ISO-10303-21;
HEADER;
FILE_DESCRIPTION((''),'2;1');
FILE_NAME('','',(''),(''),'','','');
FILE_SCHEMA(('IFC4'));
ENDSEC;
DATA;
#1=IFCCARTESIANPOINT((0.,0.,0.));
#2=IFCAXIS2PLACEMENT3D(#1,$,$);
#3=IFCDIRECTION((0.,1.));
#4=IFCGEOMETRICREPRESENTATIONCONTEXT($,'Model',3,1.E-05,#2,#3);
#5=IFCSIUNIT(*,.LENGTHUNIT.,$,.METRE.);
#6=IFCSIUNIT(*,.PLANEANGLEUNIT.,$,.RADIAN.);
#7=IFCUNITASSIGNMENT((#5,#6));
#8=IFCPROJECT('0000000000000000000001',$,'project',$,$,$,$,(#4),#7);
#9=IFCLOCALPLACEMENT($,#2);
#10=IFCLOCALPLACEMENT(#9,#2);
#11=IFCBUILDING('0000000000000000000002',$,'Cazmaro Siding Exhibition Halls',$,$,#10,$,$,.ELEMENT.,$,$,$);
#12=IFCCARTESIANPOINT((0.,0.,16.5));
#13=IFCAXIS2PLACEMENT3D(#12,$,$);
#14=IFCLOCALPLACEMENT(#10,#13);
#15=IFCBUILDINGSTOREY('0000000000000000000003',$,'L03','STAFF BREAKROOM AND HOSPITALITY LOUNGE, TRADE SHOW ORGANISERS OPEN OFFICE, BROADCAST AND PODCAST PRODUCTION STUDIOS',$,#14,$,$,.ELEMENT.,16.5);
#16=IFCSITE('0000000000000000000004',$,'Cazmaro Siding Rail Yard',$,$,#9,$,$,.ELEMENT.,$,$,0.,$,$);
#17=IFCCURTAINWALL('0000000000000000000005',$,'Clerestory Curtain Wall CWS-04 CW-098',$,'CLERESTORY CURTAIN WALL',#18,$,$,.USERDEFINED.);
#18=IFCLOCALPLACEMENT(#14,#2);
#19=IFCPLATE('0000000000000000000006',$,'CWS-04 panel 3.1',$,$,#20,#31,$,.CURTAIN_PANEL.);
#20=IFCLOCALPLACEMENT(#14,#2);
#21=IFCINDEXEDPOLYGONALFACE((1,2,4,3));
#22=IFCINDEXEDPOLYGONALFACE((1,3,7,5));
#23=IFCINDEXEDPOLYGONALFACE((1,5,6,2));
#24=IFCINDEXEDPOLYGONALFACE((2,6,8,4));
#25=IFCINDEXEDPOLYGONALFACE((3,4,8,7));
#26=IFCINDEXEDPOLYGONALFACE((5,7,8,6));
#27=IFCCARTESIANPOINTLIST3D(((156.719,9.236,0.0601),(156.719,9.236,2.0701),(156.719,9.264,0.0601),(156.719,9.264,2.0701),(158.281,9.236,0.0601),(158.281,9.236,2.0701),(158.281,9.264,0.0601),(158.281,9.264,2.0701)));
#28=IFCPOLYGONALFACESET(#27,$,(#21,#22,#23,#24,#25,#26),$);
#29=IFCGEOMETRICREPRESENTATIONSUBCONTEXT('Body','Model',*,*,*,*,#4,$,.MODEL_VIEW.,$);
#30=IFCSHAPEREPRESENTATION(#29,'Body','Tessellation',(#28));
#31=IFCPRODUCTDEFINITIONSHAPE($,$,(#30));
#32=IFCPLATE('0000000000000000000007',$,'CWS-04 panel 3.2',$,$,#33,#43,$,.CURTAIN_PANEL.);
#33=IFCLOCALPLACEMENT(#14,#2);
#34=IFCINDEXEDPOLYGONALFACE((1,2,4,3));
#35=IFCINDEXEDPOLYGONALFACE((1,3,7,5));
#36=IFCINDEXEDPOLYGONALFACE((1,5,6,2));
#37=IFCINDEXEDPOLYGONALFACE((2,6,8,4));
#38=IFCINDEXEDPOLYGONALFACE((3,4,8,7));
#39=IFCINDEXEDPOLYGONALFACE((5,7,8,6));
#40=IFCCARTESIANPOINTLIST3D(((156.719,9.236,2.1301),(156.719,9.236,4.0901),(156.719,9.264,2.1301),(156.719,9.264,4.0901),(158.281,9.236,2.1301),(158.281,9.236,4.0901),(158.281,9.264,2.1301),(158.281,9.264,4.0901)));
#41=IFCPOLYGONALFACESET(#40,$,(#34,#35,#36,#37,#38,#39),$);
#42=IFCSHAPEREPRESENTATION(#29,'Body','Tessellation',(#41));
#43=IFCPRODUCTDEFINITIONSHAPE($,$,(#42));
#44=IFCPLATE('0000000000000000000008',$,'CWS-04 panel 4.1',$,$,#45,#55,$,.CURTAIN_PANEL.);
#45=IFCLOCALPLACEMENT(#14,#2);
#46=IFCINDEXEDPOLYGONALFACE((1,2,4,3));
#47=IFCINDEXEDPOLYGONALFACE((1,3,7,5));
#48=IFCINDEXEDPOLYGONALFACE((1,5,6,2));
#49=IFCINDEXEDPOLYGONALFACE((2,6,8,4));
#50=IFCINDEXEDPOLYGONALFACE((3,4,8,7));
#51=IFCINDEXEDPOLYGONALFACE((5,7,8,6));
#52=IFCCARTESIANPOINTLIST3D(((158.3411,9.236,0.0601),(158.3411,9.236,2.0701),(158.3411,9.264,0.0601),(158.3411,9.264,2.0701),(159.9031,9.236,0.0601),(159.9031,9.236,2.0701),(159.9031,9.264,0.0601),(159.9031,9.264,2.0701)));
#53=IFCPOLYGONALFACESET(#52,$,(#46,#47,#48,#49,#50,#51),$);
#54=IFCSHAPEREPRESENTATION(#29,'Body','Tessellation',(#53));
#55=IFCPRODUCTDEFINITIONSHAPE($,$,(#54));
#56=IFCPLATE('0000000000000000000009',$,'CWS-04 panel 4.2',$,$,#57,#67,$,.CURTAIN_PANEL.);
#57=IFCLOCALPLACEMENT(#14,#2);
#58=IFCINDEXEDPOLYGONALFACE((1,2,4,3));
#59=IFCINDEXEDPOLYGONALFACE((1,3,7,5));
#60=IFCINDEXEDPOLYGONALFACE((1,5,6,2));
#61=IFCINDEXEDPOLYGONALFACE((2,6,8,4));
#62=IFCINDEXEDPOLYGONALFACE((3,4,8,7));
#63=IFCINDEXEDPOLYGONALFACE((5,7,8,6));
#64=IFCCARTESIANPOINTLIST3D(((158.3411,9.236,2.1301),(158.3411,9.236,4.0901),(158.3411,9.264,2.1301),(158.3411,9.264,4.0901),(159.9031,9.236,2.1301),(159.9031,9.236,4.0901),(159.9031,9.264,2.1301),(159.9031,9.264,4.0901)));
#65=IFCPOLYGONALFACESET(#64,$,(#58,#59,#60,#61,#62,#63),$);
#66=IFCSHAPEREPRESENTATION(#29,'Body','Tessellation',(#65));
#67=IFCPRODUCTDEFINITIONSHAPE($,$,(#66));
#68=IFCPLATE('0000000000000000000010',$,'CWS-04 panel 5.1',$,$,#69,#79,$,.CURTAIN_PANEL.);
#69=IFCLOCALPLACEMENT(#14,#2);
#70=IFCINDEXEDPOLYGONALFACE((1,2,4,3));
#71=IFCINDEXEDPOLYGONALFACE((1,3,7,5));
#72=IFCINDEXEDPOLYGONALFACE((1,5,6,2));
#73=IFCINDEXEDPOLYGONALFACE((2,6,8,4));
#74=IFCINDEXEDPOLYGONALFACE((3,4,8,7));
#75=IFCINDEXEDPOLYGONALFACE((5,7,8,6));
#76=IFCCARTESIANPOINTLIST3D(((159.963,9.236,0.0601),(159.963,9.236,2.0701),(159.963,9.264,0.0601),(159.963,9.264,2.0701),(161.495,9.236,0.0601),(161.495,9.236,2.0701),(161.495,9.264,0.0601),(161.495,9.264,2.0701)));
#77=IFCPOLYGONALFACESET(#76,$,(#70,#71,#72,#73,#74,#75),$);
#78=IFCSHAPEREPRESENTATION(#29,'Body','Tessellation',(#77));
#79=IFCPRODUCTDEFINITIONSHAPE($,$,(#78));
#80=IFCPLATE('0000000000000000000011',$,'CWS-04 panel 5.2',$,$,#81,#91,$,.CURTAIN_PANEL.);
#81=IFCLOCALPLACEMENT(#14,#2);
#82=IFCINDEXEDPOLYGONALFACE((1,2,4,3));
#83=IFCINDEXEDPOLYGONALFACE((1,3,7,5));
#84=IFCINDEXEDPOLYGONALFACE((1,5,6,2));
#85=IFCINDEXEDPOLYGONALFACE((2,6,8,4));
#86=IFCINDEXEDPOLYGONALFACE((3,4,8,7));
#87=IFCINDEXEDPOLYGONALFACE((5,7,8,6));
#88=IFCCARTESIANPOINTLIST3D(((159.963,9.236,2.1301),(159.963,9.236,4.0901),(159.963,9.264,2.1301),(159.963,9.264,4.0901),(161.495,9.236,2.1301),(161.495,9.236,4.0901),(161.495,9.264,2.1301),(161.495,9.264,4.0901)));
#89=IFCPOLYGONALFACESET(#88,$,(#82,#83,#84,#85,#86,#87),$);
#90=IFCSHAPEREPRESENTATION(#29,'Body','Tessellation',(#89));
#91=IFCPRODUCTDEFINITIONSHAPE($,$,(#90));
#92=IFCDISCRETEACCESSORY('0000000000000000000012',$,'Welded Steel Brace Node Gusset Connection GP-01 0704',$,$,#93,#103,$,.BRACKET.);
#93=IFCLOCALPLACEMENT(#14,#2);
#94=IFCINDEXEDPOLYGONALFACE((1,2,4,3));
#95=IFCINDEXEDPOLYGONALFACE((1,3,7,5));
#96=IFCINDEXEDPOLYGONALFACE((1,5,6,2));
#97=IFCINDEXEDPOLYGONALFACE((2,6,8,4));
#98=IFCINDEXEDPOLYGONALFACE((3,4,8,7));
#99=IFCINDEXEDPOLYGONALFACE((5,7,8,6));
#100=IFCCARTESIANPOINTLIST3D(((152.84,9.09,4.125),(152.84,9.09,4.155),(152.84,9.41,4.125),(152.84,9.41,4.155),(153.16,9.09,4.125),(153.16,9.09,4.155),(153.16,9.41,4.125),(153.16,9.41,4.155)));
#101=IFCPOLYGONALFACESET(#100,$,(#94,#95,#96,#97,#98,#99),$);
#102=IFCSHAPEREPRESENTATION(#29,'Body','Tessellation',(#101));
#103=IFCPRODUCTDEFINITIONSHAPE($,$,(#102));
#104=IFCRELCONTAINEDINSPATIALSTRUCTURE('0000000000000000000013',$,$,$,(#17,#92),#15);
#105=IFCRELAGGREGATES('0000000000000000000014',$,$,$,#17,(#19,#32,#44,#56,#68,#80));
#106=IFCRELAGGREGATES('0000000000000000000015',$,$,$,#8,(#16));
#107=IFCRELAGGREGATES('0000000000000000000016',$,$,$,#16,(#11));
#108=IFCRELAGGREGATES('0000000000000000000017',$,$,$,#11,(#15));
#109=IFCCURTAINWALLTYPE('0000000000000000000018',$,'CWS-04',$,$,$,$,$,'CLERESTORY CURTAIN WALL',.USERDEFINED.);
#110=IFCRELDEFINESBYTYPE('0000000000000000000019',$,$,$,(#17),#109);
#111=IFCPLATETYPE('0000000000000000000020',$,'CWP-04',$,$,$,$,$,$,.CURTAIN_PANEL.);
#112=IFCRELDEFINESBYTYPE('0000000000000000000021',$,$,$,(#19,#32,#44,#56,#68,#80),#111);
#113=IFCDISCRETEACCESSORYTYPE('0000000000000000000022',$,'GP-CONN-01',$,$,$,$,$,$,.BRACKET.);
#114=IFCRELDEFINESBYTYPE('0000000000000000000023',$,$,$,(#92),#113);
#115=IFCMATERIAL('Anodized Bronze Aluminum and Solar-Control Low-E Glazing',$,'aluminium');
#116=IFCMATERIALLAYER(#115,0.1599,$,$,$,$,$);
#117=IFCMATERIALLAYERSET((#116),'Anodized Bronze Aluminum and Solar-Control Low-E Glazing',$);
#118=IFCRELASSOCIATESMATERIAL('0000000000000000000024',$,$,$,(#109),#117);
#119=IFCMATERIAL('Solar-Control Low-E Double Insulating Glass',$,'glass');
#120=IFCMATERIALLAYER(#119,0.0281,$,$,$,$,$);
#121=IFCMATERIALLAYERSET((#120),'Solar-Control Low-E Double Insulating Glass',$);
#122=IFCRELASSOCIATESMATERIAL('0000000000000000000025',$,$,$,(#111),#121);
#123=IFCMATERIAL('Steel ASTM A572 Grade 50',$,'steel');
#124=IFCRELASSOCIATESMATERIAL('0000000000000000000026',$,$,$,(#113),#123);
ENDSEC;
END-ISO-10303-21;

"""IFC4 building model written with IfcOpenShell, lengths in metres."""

from ifc_helpers import new_model, si_unit, direction, frame, origin, origin_2d, place, context, subcontext, project, spatial, rectangle, extrude, material, layer, layer_set, type_object, element, aggregate, save


model = new_model("IFC4")

# Units and contexts
model_context = context("Model", 3, precision=1e-05, world=origin(), true_north=direction((0.0, 1.0)))
body_context = subcontext(model_context, "Body", "Model", "MODEL_VIEW")
ifc_project = project(units=[si_unit("LENGTHUNIT", "METRE"), si_unit("PLANEANGLEUNIT", "RADIAN")], contexts=[model_context])

# Site, building, storey
site_placement = place(None, origin())
site = spatial("IfcSite", under=ifc_project, at=site_placement, Name="Cazmaro Siding Rail Yard", CompositionType="ELEMENT", RefElevation=0.0)
building_placement = place(site_placement, origin())
building = spatial("IfcBuilding", under=site, at=building_placement, Name="Cazmaro Siding Exhibition Halls", CompositionType="ELEMENT")
storey_placement = place(building_placement, frame((0.0, 0.0, 16.5)))
storey = spatial("IfcBuildingStorey", under=building, at=storey_placement, Name="L03", Description="STAFF BREAKROOM AND HOSPITALITY LOUNGE, TRADE SHOW ORGANISERS OPEN OFFICE, BROADCAST AND PODCAST PRODUCTION STUDIOS", CompositionType="ELEMENT", Elevation=16.5)

# Curtain wall
ifc_material_1 = material(Name="Anodized Bronze Aluminum and Solar-Control Low-E Glazing", Category="aluminium")
ifc_layer_1 = layer(ifc_material_1, 0.1599)
ifc_layer_set_1 = layer_set([ifc_layer_1], Name="Anodized Bronze Aluminum and Solar-Control Low-E Glazing")
curtain_wall_type = type_object("IfcCurtainWallType", Name="CWS-04", ElementType="CLERESTORY CURTAIN WALL", PredefinedType="USERDEFINED", material=ifc_layer_set_1)
curtain_wall_placement = place(storey_placement, origin())
curtain_wall = element("IfcCurtainWall", 1, at=curtain_wall_placement, inside=storey, type_object=curtain_wall_type, Name="Clerestory Curtain Wall CWS-04 CW-098", ObjectType="CLERESTORY CURTAIN WALL", PredefinedType="USERDEFINED")

# Plates
ifc_material_2 = material(Name="Solar-Control Low-E Double Insulating Glass", Category="glass")
ifc_layer_2 = layer(ifc_material_2, 0.0281)
ifc_layer_set_2 = layer_set([ifc_layer_2], Name="Solar-Control Low-E Double Insulating Glass")
plate_type = type_object("IfcPlateType", Name="CWP-04", PredefinedType="CURTAIN_PANEL", material=ifc_layer_set_2)
plate_1_placement = place(storey_placement, frame((157.5, 9.25, 0.0601), z_axis=(0.0, 0.0, 1.0), x_axis=(1.0, 0.0, 0.0)))
plate_1 = element("IfcPlate", 2, at=plate_1_placement, type_object=plate_type, Name="CWS-04 panel 3.1", PredefinedType="CURTAIN_PANEL", context=body_context, shape_type="SweptSolid", body=[
    extrude(rectangle(XDim=1.562, YDim=0.0281, at=origin_2d()), origin(), (0.0, 0.0, 1.0), 2.01),
])
plate_2_placement = place(storey_placement, frame((157.5, 9.25, 2.1301), z_axis=(0.0, 0.0, 1.0), x_axis=(1.0, 0.0, 0.0)))
plate_2 = element("IfcPlate", 3, at=plate_2_placement, type_object=plate_type, Name="CWS-04 panel 3.2", PredefinedType="CURTAIN_PANEL", context=body_context, shape_type="SweptSolid", body=[
    extrude(rectangle(XDim=1.562, YDim=0.0281, at=origin_2d()), origin(), (0.0, 0.0, 1.0), 1.96),
])
plate_3_placement = place(storey_placement, frame((159.1221, 9.25, 0.0601), z_axis=(0.0, 0.0, 1.0), x_axis=(1.0, 0.0, 0.0)))
plate_3 = element("IfcPlate", 4, at=plate_3_placement, type_object=plate_type, Name="CWS-04 panel 4.1", PredefinedType="CURTAIN_PANEL", context=body_context, shape_type="SweptSolid", body=[
    extrude(rectangle(XDim=1.562, YDim=0.0281, at=origin_2d()), origin(), (0.0, 0.0, 1.0), 2.01),
])
plate_4_placement = place(storey_placement, frame((159.1221, 9.25, 2.1301), z_axis=(0.0, 0.0, 1.0), x_axis=(1.0, 0.0, 0.0)))
plate_4 = element("IfcPlate", 5, at=plate_4_placement, type_object=plate_type, Name="CWS-04 panel 4.2", PredefinedType="CURTAIN_PANEL", context=body_context, shape_type="SweptSolid", body=[
    extrude(rectangle(XDim=1.562, YDim=0.0281, at=origin_2d()), origin(), (0.0, 0.0, 1.0), 1.96),
])
plate_5_placement = place(storey_placement, frame((160.729, 9.25, 0.0601), z_axis=(0.0, 0.0, 1.0), x_axis=(1.0, 0.0, 0.0)))
plate_5 = element("IfcPlate", 6, at=plate_5_placement, type_object=plate_type, Name="CWS-04 panel 5.1", PredefinedType="CURTAIN_PANEL", context=body_context, shape_type="SweptSolid", body=[
    extrude(rectangle(XDim=1.532, YDim=0.0281, at=origin_2d()), origin(), (0.0, 0.0, 1.0), 2.01),
])
plate_6_placement = place(storey_placement, frame((160.729, 9.25, 2.1301), z_axis=(0.0, 0.0, 1.0), x_axis=(1.0, 0.0, 0.0)))
plate_6 = element("IfcPlate", 7, at=plate_6_placement, type_object=plate_type, Name="CWS-04 panel 5.2", PredefinedType="CURTAIN_PANEL", context=body_context, shape_type="SweptSolid", body=[
    extrude(rectangle(XDim=1.532, YDim=0.0281, at=origin_2d()), origin(), (0.0, 0.0, 1.0), 1.96),
])
aggregate(curtain_wall, [plate_1, plate_2, plate_3, plate_4, plate_5, plate_6])

# Discrete accessory
ifc_material_3 = material(Name="Steel ASTM A572 Grade 50", Category="steel")
discrete_accessory_type = type_object("IfcDiscreteAccessoryType", Name="GP-CONN-01", PredefinedType="BRACKET", material=ifc_material_3)
discrete_accessory_placement = place(storey_placement, frame((153.0, 9.25, 4.125), z_axis=(0.0, 0.0, 1.0), x_axis=(1.0, 0.0, 0.0)))
element("IfcDiscreteAccessory", 8, at=discrete_accessory_placement, inside=storey, type_object=discrete_accessory_type, Name="Welded Steel Brace Node Gusset Connection GP-01 0704", PredefinedType="BRACKET", context=body_context, shape_type="SweptSolid", body=[
    extrude(rectangle(XDim=0.3201, YDim=0.3201, at=origin_2d()), origin(), (0.0, 0.0, 1.0), 0.03),
])

save(model, "model.ifc")
